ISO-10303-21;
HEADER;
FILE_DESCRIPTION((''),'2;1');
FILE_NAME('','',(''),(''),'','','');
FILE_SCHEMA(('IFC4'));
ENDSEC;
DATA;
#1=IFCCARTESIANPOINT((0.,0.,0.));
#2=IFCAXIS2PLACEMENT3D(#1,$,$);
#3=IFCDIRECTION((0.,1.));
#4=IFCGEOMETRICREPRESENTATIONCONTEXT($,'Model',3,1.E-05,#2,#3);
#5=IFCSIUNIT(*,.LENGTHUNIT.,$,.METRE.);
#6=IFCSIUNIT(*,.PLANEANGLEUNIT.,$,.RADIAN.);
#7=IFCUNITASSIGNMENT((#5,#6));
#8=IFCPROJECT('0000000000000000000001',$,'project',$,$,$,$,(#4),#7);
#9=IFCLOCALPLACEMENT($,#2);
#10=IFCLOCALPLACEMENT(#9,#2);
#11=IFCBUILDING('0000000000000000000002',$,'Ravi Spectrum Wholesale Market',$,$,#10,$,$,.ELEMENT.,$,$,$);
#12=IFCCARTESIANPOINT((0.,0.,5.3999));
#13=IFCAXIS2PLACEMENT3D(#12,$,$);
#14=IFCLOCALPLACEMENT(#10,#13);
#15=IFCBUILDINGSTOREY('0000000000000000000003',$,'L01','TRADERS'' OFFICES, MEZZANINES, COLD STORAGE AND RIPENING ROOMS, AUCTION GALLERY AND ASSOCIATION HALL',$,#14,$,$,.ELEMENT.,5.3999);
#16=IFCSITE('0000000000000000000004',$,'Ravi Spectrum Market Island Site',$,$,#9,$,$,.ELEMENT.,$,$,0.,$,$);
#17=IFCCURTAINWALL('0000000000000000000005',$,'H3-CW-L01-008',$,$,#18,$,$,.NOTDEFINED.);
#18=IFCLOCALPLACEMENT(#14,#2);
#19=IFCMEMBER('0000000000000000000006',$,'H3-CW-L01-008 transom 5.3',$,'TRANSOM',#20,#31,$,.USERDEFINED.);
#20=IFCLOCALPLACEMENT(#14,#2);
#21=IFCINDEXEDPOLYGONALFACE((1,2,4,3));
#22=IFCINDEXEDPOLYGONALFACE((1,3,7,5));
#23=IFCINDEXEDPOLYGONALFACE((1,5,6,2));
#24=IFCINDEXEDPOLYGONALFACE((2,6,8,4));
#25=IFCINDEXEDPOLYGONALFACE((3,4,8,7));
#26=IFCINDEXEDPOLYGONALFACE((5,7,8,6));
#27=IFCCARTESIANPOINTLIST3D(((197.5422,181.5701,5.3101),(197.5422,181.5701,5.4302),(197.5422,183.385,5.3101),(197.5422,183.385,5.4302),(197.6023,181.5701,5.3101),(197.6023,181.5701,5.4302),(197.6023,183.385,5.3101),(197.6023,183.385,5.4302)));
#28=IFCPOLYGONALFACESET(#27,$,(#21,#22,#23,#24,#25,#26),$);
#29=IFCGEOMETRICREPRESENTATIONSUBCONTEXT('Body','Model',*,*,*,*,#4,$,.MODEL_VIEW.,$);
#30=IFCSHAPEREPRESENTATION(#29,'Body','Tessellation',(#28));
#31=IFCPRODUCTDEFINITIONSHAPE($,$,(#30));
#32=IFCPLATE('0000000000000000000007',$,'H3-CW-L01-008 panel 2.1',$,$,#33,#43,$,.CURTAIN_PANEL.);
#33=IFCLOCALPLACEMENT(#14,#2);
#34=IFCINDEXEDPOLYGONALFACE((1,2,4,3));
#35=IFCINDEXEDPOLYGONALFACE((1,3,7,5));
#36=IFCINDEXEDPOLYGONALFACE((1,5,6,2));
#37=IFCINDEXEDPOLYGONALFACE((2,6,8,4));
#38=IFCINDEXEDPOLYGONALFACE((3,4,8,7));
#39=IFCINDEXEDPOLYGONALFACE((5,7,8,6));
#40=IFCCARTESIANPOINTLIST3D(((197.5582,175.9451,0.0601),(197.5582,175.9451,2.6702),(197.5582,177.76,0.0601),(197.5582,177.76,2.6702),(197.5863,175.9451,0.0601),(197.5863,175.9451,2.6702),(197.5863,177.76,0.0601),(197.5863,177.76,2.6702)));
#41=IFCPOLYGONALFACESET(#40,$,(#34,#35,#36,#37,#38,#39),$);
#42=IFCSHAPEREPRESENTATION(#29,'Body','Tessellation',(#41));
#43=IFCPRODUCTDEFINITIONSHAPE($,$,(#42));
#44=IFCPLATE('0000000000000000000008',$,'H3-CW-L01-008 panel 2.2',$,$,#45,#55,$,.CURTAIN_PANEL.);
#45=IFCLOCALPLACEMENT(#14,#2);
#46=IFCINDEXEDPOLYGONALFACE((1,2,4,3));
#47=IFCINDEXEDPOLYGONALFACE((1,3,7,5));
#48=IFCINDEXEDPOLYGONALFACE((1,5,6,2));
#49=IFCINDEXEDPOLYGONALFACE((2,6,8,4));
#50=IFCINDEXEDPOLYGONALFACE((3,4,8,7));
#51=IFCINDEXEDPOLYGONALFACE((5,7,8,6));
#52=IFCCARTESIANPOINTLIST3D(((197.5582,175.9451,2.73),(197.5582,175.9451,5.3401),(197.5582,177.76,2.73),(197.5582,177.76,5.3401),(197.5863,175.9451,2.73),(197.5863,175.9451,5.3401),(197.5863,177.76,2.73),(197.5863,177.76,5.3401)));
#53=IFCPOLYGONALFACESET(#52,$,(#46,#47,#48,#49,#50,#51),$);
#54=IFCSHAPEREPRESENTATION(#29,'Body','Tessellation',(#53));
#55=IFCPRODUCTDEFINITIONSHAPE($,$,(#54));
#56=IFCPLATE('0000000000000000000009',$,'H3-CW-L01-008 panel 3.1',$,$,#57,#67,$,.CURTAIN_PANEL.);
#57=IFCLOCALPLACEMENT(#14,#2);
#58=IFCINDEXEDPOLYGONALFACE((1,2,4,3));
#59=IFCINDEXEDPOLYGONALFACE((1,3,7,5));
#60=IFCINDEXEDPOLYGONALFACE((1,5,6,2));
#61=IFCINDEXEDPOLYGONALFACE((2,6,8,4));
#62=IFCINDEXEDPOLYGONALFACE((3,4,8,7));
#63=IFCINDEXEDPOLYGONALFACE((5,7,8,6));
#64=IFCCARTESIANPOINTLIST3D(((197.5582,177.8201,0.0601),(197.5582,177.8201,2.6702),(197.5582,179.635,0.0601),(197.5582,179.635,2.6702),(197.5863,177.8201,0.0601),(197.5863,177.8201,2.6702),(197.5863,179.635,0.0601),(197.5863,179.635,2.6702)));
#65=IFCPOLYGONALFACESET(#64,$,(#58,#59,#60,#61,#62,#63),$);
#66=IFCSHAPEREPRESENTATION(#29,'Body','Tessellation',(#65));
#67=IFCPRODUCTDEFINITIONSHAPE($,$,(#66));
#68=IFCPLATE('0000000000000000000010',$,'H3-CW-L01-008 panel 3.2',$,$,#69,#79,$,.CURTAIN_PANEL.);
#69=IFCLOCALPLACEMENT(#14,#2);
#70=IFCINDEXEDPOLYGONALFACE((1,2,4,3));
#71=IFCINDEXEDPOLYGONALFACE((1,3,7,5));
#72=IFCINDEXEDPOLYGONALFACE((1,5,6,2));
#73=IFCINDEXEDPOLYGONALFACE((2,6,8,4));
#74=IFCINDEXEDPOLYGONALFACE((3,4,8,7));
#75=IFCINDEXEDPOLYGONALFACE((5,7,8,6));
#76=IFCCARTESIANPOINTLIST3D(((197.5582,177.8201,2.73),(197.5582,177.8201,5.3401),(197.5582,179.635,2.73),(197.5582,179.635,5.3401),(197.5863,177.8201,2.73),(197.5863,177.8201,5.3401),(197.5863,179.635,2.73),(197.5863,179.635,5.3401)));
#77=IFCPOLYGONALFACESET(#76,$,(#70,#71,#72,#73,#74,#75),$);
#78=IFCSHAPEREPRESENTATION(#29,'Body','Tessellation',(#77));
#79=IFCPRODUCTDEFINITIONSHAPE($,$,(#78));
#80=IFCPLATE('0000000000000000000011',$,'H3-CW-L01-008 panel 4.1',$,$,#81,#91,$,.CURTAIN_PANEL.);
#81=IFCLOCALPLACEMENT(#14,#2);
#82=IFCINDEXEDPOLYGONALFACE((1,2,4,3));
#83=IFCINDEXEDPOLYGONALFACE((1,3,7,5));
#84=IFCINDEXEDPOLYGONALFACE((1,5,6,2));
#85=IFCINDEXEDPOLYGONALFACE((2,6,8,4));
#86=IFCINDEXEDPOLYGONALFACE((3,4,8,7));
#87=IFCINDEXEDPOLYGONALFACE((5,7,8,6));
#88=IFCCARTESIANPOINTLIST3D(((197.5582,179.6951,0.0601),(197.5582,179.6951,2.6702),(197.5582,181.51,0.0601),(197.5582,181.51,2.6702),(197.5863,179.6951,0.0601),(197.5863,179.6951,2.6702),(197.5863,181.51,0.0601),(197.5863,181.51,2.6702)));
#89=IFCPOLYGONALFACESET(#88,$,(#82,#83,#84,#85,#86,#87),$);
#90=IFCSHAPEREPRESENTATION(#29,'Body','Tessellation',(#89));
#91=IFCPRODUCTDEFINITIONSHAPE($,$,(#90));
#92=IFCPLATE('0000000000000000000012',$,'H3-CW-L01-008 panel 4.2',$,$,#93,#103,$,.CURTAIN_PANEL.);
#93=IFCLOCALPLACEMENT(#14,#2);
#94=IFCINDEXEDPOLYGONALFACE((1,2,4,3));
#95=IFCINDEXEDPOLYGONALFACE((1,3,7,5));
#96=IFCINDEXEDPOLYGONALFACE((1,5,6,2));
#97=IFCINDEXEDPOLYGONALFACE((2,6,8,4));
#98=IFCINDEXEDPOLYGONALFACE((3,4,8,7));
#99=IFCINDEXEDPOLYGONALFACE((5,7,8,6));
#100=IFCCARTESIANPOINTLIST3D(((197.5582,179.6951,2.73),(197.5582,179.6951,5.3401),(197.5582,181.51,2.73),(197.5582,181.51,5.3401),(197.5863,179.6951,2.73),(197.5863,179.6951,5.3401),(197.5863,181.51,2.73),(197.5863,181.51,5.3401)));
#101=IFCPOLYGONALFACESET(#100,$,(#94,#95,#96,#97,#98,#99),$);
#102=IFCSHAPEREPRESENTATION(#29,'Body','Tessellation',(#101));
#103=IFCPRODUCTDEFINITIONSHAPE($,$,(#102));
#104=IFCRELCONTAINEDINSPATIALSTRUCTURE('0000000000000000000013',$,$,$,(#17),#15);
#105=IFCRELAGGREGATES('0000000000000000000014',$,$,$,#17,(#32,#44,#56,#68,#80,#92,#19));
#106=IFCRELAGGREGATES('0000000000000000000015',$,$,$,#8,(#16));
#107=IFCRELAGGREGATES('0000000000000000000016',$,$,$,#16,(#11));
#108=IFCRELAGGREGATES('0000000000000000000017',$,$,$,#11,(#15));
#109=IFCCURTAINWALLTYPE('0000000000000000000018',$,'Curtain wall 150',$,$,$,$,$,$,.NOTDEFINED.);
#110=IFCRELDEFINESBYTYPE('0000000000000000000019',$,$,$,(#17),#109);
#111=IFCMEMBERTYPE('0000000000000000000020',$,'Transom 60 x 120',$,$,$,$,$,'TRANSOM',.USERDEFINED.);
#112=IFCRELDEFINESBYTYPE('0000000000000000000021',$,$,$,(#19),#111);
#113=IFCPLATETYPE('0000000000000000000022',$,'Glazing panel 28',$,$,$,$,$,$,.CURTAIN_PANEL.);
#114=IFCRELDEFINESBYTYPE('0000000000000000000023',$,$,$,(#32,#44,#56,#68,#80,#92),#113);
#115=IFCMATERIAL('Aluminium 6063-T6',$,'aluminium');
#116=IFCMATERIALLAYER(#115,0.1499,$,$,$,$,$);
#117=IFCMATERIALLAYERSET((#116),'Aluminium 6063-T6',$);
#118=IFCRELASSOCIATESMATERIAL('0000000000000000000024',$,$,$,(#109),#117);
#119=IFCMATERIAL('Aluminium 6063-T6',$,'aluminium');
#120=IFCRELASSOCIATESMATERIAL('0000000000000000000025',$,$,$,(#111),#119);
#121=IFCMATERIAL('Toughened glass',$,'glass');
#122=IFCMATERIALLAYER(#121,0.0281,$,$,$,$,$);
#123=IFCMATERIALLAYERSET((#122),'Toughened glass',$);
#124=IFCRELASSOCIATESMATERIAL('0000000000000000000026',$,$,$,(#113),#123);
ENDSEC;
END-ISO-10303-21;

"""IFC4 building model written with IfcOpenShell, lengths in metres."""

from ifc_helpers import new_model, si_unit, direction, frame, origin, origin_2d, place, context, subcontext, project, spatial, rectangle, extrude, material, layer, layer_set, material_profile, profile_set, type_object, element, aggregate, save


model = new_model("IFC4")

# Units and contexts
model_context = context("Model", 3, precision=1e-05, world=origin(), true_north=direction((0.0, 1.0)))
body_context = subcontext(model_context, "Body", "Model", "MODEL_VIEW")
ifc_project = project(units=[si_unit("LENGTHUNIT", "METRE"), si_unit("PLANEANGLEUNIT", "RADIAN")], contexts=[model_context])

# Site, building, storey
site_placement = place(None, origin())
site = spatial("IfcSite", under=ifc_project, at=site_placement, Name="Ravi Spectrum Market Island Site", CompositionType="ELEMENT", RefElevation=0.0)
building_placement = place(site_placement, origin())
building = spatial("IfcBuilding", under=site, at=building_placement, Name="Ravi Spectrum Wholesale Market", CompositionType="ELEMENT")
storey_placement = place(building_placement, frame((0.0, 0.0, 5.3999)))
storey = spatial("IfcBuildingStorey", under=building, at=storey_placement, Name="L01", Description="TRADERS' OFFICES, MEZZANINES, COLD STORAGE AND RIPENING ROOMS, AUCTION GALLERY AND ASSOCIATION HALL", CompositionType="ELEMENT", Elevation=5.3999)

# Curtain wall, member, plates
ifc_material_1 = material(Name="Aluminium 6063-T6", Category="aluminium")
ifc_layer_1 = layer(ifc_material_1, 0.1499)
ifc_layer_set_1 = layer_set([ifc_layer_1], Name="Aluminium 6063-T6")
curtain_wall_type = type_object("IfcCurtainWallType", Name="Curtain wall 150", PredefinedType="NOTDEFINED", material=ifc_layer_set_1)
curtain_wall_placement = place(storey_placement, origin())
curtain_wall = element("IfcCurtainWall", 1, at=curtain_wall_placement, inside=storey, type_object=curtain_wall_type, Name="H3-CW-L01-008", PredefinedType="NOTDEFINED")
ifc_material_2 = material(Name="Aluminium 6063-T6", Category="aluminium")
ifc_material_profile_1 = material_profile(ifc_material_2, rectangle(XDim=0.0601, YDim=0.1201, at=origin_2d()))
ifc_profile_set_1 = profile_set([ifc_material_profile_1], Name="Aluminium 6063-T6")
member_type_1 = type_object("IfcMemberType", Name="Transom 60 x 120", ElementType="TRANSOM", PredefinedType="USERDEFINED", material=ifc_profile_set_1)
member_1_placement = place(storey_placement, frame((197.5723, 181.5701, 5.3701), z_axis=(0.0, 1.0, 0.0), x_axis=(-1.0, 0.0, 0.0)))
member_1 = element("IfcMember", 2, at=member_1_placement, type_object=member_type_1, Name="H3-CW-L01-008 transom 5.3", ObjectType="TRANSOM", PredefinedType="USERDEFINED", context=body_context, shape_type="SweptSolid", body=[
    extrude(rectangle(XDim=0.0601, YDim=0.1201, at=origin_2d()), origin(), (0.0, 0.0, 1.0), 1.8149),
])
ifc_material_3 = material(Name="Toughened glass", Category="glass")
ifc_layer_2 = layer(ifc_material_3, 0.0281)
ifc_layer_set_2 = layer_set([ifc_layer_2], Name="Toughened glass")
plate_type = type_object("IfcPlateType", Name="Glazing panel 28", PredefinedType="CURTAIN_PANEL", material=ifc_layer_set_2)
plate_1_placement = place(storey_placement, frame((197.5723, 176.8525, 0.0601), z_axis=(0.0, 0.0, 1.0), x_axis=(0.0, 1.0, 0.0)))
plate_1 = element("IfcPlate", 3, at=plate_1_placement, type_object=plate_type, Name="H3-CW-L01-008 panel 2.1", PredefinedType="CURTAIN_PANEL", context=body_context, shape_type="SweptSolid", body=[
    extrude(rectangle(XDim=1.8149, YDim=0.0281, at=origin_2d()), origin(), (0.0, 0.0, 1.0), 2.6101),
])
plate_2_placement = place(storey_placement, frame((197.5723, 176.8525, 2.73), z_axis=(0.0, 0.0, 1.0), x_axis=(0.0, 1.0, 0.0)))
plate_2 = element("IfcPlate", 4, at=plate_2_placement, type_object=plate_type, Name="H3-CW-L01-008 panel 2.2", PredefinedType="CURTAIN_PANEL", context=body_context, shape_type="SweptSolid", body=[
    extrude(rectangle(XDim=1.8149, YDim=0.0281, at=origin_2d()), origin(), (0.0, 0.0, 1.0), 2.6101),
])
plate_3_placement = place(storey_placement, frame((197.5723, 178.7275, 0.0601), z_axis=(0.0, 0.0, 1.0), x_axis=(0.0, 1.0, 0.0)))
plate_3 = element("IfcPlate", 5, at=plate_3_placement, type_object=plate_type, Name="H3-CW-L01-008 panel 3.1", PredefinedType="CURTAIN_PANEL", context=body_context, shape_type="SweptSolid", body=[
    extrude(rectangle(XDim=1.8149, YDim=0.0281, at=origin_2d()), origin(), (0.0, 0.0, 1.0), 2.6101),
])
plate_4_placement = place(storey_placement, frame((197.5723, 178.7275, 2.73), z_axis=(0.0, 0.0, 1.0), x_axis=(0.0, 1.0, 0.0)))
plate_4 = element("IfcPlate", 6, at=plate_4_placement, type_object=plate_type, Name="H3-CW-L01-008 panel 3.2", PredefinedType="CURTAIN_PANEL", context=body_context, shape_type="SweptSolid", body=[
    extrude(rectangle(XDim=1.8149, YDim=0.0281, at=origin_2d()), origin(), (0.0, 0.0, 1.0), 2.6101),
])
plate_5_placement = place(storey_placement, frame((197.5723, 180.6025, 0.0601), z_axis=(0.0, 0.0, 1.0), x_axis=(0.0, 1.0, 0.0)))
plate_5 = element("IfcPlate", 7, at=plate_5_placement, type_object=plate_type, Name="H3-CW-L01-008 panel 4.1", PredefinedType="CURTAIN_PANEL", context=body_context, shape_type="SweptSolid", body=[
    extrude(rectangle(XDim=1.8149, YDim=0.0281, at=origin_2d()), origin(), (0.0, 0.0, 1.0), 2.6101),
])
plate_6_placement = place(storey_placement, frame((197.5723, 180.6025, 2.73), z_axis=(0.0, 0.0, 1.0), x_axis=(0.0, 1.0, 0.0)))
plate_6 = element("IfcPlate", 8, at=plate_6_placement, type_object=plate_type, Name="H3-CW-L01-008 panel 4.2", PredefinedType="CURTAIN_PANEL", context=body_context, shape_type="SweptSolid", body=[
    extrude(rectangle(XDim=1.8149, YDim=0.0281, at=origin_2d()), origin(), (0.0, 0.0, 1.0), 2.6101),
])
aggregate(curtain_wall, [plate_1, plate_2, plate_3, plate_4, plate_5, plate_6, member_1])

save(model, "model.ifc")
